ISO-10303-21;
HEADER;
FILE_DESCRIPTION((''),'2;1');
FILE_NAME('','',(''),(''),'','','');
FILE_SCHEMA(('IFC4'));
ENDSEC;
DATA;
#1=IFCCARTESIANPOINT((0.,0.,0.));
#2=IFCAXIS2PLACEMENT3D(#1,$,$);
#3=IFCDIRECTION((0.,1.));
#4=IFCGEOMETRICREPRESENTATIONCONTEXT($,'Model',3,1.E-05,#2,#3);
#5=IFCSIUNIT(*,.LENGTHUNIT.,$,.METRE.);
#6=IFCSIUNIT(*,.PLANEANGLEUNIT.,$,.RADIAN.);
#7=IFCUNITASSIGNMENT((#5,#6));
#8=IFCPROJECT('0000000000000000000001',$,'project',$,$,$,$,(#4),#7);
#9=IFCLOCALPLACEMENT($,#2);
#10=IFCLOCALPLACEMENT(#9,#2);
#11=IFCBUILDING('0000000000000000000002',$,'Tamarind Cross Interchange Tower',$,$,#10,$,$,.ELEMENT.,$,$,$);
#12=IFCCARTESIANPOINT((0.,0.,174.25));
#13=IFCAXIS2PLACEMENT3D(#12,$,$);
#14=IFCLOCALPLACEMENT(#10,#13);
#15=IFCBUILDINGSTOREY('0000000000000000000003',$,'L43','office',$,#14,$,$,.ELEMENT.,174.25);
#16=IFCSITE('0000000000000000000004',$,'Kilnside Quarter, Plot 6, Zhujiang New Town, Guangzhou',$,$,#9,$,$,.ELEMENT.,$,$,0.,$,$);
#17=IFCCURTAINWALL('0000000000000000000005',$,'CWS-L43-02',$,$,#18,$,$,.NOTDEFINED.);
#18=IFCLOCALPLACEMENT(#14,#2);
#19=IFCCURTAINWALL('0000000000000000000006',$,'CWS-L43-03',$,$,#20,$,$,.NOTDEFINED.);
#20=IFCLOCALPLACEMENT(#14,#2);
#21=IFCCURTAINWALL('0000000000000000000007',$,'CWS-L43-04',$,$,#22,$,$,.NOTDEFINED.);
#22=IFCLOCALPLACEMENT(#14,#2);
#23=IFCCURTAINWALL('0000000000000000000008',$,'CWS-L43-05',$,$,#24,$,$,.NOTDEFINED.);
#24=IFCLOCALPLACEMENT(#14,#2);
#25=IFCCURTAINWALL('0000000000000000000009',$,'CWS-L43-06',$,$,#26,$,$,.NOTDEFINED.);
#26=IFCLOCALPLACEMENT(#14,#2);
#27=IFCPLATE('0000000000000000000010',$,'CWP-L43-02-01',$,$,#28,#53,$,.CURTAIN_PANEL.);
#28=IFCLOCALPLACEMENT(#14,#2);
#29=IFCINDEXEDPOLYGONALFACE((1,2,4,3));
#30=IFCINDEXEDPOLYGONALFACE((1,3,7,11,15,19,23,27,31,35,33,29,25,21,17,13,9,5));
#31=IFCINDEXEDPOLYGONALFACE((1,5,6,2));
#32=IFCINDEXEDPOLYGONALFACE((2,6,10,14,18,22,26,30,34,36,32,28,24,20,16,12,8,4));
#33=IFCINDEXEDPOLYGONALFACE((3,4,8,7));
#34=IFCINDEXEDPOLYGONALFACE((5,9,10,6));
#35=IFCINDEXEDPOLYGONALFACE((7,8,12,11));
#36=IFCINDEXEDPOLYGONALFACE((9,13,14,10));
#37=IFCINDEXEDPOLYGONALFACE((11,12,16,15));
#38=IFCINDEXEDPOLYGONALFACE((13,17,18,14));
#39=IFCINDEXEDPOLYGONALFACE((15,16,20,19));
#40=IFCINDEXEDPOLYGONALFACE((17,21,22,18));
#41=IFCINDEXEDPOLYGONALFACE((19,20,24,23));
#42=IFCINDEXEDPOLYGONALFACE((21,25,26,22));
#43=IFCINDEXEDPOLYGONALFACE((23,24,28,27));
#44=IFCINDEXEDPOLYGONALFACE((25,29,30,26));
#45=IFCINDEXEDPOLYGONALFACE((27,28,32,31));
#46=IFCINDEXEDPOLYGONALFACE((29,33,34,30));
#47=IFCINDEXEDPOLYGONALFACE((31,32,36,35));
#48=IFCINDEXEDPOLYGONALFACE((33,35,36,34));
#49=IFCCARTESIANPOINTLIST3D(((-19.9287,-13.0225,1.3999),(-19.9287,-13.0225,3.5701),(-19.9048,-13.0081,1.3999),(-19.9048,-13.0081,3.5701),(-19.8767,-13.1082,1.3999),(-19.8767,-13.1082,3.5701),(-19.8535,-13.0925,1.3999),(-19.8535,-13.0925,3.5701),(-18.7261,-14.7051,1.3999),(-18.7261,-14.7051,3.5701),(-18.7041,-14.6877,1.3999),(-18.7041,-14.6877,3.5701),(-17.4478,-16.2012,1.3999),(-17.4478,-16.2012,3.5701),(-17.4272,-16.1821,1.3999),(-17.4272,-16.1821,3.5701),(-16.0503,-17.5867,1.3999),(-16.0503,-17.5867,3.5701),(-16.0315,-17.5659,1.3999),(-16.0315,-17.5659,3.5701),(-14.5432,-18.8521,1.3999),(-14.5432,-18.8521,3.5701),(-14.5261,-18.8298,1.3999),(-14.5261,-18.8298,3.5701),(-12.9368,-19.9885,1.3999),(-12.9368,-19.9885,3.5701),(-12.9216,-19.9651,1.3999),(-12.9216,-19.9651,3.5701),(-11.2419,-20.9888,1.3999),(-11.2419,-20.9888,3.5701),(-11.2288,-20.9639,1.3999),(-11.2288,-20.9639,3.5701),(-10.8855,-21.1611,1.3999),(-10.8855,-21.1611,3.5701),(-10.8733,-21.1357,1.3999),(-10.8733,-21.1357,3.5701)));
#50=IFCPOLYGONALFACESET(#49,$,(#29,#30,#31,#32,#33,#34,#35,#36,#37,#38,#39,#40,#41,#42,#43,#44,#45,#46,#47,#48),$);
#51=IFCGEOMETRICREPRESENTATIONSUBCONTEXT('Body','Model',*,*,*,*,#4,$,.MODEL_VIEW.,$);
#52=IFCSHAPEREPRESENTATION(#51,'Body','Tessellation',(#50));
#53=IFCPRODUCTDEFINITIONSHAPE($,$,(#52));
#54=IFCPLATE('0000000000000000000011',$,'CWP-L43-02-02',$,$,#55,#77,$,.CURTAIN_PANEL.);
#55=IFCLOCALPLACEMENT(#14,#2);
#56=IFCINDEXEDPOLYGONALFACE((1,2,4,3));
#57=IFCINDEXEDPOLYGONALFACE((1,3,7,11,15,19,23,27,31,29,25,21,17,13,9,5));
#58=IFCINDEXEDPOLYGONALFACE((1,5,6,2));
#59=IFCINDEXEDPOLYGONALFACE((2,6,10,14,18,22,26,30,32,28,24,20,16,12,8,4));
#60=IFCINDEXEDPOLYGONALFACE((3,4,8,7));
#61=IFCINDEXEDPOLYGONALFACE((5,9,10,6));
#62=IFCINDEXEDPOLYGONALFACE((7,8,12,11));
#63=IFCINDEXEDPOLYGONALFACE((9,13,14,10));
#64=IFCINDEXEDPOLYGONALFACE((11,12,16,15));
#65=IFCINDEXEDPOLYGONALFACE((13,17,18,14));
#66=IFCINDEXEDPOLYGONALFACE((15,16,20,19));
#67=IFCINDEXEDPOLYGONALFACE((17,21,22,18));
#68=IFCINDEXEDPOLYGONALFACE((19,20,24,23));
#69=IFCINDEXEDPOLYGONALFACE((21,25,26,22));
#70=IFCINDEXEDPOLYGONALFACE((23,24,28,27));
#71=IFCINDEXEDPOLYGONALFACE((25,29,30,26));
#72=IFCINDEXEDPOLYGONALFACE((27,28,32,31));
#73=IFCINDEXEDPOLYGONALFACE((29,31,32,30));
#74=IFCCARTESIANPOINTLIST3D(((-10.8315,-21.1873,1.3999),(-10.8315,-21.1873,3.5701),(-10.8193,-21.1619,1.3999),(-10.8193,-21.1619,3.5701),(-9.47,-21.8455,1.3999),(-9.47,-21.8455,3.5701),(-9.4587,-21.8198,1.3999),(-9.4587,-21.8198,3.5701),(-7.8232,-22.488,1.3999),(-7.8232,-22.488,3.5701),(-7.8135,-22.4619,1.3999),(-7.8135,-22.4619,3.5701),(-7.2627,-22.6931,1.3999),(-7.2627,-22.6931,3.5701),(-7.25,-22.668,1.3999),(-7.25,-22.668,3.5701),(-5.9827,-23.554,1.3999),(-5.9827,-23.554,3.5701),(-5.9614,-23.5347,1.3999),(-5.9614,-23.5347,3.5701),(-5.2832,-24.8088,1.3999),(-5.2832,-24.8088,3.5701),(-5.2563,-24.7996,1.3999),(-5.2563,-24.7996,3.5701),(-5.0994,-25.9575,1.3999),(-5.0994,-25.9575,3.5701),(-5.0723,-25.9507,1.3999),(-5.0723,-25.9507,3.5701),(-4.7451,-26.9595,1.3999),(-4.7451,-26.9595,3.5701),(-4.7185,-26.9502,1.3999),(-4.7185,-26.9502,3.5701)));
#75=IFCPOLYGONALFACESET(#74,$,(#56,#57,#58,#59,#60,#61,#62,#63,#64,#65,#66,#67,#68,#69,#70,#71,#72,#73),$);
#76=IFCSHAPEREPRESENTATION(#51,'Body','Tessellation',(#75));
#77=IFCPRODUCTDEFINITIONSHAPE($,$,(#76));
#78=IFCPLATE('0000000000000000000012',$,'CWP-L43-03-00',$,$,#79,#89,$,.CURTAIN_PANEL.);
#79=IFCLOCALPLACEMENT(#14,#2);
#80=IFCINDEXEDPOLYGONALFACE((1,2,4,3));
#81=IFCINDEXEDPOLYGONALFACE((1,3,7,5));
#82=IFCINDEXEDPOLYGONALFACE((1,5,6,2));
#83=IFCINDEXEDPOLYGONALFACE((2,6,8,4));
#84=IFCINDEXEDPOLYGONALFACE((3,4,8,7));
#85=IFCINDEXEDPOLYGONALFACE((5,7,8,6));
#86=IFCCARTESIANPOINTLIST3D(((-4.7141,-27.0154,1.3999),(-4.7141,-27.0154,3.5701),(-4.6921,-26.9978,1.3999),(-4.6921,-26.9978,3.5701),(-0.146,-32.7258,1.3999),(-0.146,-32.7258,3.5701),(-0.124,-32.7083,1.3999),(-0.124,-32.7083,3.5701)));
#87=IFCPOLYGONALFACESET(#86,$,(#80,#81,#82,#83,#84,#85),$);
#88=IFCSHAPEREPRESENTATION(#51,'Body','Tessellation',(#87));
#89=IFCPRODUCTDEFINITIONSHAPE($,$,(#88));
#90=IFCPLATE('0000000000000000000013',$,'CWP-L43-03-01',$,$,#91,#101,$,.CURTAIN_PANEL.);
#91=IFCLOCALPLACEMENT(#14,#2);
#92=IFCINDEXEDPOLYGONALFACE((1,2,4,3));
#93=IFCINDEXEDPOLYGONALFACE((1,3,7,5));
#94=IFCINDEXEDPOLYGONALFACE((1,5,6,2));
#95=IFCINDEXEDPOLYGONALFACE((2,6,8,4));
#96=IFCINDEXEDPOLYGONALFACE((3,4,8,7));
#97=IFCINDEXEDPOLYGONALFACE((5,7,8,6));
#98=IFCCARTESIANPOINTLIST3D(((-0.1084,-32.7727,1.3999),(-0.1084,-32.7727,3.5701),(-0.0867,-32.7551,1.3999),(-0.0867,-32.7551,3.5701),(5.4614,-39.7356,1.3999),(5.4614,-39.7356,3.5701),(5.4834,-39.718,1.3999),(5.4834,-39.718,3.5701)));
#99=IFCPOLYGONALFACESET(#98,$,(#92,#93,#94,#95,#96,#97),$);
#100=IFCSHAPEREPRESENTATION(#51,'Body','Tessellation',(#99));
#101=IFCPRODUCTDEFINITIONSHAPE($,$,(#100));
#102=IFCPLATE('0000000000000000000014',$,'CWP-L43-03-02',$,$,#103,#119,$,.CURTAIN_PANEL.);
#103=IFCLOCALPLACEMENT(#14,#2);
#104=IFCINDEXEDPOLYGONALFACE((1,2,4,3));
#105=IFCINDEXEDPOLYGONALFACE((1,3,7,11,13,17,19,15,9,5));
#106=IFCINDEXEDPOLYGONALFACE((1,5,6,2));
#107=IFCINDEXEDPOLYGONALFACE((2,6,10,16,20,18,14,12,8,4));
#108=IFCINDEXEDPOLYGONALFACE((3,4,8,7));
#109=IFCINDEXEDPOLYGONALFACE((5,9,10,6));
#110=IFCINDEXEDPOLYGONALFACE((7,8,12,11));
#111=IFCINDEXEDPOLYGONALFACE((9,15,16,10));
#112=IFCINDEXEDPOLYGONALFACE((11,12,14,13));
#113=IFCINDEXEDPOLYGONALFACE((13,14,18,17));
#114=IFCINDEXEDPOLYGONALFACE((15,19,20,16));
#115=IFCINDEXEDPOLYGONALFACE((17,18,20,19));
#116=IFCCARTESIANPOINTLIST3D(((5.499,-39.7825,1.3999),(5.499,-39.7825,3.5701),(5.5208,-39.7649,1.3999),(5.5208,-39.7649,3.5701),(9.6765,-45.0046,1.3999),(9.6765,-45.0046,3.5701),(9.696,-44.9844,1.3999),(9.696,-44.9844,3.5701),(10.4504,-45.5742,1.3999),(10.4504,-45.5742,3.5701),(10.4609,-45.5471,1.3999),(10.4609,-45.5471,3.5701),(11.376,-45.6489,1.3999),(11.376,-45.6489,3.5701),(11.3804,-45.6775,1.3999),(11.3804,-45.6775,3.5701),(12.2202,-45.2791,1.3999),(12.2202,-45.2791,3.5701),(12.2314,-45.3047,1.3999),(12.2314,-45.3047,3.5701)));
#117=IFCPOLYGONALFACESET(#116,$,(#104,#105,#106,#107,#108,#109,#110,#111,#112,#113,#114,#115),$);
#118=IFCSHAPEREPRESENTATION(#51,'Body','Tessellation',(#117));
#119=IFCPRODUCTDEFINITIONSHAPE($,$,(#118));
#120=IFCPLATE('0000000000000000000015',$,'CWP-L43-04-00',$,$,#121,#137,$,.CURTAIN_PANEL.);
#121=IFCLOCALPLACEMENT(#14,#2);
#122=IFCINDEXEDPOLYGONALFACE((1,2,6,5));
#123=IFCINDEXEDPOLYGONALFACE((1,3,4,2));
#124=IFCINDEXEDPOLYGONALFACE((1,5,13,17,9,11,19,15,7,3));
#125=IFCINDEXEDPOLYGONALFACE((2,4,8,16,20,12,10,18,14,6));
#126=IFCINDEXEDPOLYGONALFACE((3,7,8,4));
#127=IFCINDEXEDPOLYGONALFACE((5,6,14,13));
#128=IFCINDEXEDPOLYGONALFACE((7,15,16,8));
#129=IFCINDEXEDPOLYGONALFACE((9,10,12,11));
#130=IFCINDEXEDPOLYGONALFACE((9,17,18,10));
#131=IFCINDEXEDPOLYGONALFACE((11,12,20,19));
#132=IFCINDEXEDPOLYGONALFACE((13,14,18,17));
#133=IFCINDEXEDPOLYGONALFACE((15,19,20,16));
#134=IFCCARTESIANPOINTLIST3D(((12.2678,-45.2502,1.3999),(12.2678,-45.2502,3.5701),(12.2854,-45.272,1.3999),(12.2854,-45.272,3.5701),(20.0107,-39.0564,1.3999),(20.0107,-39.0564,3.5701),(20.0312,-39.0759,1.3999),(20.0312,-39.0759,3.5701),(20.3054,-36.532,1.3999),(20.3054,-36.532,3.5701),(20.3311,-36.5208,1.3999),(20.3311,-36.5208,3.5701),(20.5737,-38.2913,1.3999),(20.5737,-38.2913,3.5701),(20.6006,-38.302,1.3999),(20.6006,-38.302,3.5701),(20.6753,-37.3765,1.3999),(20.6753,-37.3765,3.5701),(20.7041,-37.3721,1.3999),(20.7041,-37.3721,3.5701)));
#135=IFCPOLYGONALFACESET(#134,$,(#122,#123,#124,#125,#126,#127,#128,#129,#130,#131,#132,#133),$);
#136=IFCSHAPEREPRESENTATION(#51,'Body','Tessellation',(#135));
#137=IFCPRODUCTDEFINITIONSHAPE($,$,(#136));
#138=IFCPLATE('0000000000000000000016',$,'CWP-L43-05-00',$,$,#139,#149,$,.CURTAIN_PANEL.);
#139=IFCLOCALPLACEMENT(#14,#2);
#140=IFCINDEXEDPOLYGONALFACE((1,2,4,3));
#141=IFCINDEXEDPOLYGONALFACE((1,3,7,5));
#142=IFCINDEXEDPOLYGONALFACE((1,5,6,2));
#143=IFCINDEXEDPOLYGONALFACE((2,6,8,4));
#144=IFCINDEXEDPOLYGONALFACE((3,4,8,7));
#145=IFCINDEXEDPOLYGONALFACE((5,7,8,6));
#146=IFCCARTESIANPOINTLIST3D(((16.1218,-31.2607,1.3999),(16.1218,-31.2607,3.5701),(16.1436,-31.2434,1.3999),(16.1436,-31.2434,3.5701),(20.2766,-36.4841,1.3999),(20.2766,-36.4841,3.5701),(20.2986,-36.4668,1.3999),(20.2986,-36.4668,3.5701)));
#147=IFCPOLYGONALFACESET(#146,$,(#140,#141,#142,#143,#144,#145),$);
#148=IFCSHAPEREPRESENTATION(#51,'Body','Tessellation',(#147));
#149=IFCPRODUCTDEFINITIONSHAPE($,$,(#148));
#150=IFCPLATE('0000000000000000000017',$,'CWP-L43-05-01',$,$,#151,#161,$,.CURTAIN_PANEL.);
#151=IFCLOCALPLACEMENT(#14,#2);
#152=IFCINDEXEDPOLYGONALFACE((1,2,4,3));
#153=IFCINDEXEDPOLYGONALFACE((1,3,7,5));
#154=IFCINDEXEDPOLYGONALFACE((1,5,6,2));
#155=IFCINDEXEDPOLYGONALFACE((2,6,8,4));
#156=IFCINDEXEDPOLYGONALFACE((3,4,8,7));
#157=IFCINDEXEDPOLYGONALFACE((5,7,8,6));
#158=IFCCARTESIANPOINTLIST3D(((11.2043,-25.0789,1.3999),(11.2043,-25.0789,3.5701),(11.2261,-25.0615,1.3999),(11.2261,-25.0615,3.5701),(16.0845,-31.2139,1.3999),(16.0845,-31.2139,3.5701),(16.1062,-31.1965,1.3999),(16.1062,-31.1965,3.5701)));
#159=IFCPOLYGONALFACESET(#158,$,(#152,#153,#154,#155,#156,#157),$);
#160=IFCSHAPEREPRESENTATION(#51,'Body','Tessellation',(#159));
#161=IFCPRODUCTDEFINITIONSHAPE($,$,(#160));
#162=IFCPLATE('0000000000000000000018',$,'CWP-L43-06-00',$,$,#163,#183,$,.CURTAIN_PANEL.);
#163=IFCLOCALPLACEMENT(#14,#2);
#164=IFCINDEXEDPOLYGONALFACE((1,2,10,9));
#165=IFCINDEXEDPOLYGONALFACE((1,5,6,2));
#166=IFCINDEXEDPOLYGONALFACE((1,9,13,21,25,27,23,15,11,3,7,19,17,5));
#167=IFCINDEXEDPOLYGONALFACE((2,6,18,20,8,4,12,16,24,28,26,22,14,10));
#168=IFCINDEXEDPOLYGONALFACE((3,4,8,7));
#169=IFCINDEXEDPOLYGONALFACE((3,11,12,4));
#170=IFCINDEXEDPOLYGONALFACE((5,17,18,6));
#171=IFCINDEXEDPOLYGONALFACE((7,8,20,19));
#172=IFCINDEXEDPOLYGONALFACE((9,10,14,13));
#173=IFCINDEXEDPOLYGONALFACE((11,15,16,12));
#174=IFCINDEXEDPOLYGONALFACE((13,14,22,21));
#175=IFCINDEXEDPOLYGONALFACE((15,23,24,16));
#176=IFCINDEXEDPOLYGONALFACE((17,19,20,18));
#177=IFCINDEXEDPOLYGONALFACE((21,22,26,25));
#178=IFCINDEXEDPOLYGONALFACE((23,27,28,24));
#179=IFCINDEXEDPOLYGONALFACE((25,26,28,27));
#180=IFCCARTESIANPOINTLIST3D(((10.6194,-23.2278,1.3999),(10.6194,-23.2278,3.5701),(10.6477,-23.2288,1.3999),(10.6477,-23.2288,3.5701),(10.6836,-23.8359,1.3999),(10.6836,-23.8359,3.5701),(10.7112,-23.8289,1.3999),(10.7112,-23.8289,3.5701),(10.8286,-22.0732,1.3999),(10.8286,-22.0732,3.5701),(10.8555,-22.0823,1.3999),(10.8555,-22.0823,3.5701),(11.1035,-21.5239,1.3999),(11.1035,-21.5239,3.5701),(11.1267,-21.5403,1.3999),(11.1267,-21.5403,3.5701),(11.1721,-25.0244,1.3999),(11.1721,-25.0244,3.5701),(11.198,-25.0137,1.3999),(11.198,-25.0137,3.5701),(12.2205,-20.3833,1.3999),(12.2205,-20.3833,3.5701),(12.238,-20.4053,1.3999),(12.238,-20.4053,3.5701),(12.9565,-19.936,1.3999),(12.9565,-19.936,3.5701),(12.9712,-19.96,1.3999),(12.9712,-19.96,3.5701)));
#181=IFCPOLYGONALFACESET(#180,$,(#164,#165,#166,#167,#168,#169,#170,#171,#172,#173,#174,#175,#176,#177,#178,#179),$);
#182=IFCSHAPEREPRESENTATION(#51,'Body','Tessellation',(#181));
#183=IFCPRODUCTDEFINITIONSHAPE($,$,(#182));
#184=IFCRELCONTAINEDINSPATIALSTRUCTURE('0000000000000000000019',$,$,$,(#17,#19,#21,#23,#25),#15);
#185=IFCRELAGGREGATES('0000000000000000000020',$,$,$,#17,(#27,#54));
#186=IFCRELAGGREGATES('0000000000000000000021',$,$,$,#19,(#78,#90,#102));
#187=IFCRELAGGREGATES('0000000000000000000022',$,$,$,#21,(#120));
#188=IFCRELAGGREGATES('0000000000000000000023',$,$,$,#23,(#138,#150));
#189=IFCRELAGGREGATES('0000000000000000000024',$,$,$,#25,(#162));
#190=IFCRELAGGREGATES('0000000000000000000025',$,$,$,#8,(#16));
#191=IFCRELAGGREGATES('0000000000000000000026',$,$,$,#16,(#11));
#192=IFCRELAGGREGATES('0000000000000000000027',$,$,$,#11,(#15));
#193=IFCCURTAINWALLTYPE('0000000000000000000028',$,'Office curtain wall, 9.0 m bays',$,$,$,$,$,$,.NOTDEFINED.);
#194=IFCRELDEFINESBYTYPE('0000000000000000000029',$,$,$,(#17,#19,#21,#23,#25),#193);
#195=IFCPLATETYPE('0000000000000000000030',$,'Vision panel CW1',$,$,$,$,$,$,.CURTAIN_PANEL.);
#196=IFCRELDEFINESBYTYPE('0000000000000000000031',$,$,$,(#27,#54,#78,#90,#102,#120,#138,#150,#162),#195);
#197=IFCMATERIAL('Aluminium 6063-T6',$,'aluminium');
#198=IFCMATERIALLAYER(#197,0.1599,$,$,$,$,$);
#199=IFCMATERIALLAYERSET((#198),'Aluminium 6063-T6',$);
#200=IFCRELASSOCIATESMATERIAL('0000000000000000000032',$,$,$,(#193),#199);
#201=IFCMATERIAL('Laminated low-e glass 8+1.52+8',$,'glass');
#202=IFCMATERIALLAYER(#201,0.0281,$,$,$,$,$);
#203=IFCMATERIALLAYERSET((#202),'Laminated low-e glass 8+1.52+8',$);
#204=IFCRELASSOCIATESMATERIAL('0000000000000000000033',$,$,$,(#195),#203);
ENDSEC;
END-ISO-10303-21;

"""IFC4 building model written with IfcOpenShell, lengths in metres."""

from ifc_helpers import new_model, si_unit, direction, frame, origin, place, context, subcontext, project, spatial, polyline, outline, extrude, material, layer, layer_set, type_object, element, aggregate, save


model = new_model("IFC4")

# Units and contexts
model_context = context("Model", 3, precision=1e-05, world=origin(), true_north=direction((0.0, 1.0)))
body_context = subcontext(model_context, "Body", "Model", "MODEL_VIEW")
ifc_project = project(units=[si_unit("LENGTHUNIT", "METRE"), si_unit("PLANEANGLEUNIT", "RADIAN")], contexts=[model_context])

# Site, building, storey
site_placement = place(None, origin())
site = spatial("IfcSite", under=ifc_project, at=site_placement, Name="Kilnside Quarter, Plot 6, Zhujiang New Town, Guangzhou", CompositionType="ELEMENT", RefElevation=0.0)
building_placement = place(site_placement, origin())
building = spatial("IfcBuilding", under=site, at=building_placement, Name="Tamarind Cross Interchange Tower", CompositionType="ELEMENT")
storey_placement = place(building_placement, frame((0.0, 0.0, 174.25)))
storey = spatial("IfcBuildingStorey", under=building, at=storey_placement, Name="L43", Description="office", CompositionType="ELEMENT", Elevation=174.25)

# Curtain walls
ifc_material_1 = material(Name="Aluminium 6063-T6", Category="aluminium")
ifc_layer_1 = layer(ifc_material_1, 0.1599)
ifc_layer_set_1 = layer_set([ifc_layer_1], Name="Aluminium 6063-T6")
curtain_wall_type = type_object("IfcCurtainWallType", Name="Office curtain wall, 9.0 m bays", PredefinedType="NOTDEFINED", material=ifc_layer_set_1)
curtain_wall_1_placement = place(storey_placement, origin())
curtain_wall_1 = element("IfcCurtainWall", 1, at=curtain_wall_1_placement, inside=storey, type_object=curtain_wall_type, Name="CWS-L43-02", PredefinedType="NOTDEFINED")
curtain_wall_2_placement = place(storey_placement, origin())
curtain_wall_2 = element("IfcCurtainWall", 2, at=curtain_wall_2_placement, inside=storey, type_object=curtain_wall_type, Name="CWS-L43-03", PredefinedType="NOTDEFINED")
curtain_wall_3_placement = place(storey_placement, origin())
curtain_wall_3 = element("IfcCurtainWall", 3, at=curtain_wall_3_placement, inside=storey, type_object=curtain_wall_type, Name="CWS-L43-04", PredefinedType="NOTDEFINED")
curtain_wall_4_placement = place(storey_placement, origin())
curtain_wall_4 = element("IfcCurtainWall", 4, at=curtain_wall_4_placement, inside=storey, type_object=curtain_wall_type, Name="CWS-L43-05", PredefinedType="NOTDEFINED")
curtain_wall_5_placement = place(storey_placement, origin())
curtain_wall_5 = element("IfcCurtainWall", 5, at=curtain_wall_5_placement, inside=storey, type_object=curtain_wall_type, Name="CWS-L43-06", PredefinedType="NOTDEFINED")

# Plates
ifc_material_2 = material(Name="Laminated low-e glass 8+1.52+8", Category="glass")
ifc_layer_2 = layer(ifc_material_2, 0.0281)
ifc_layer_set_2 = layer_set([ifc_layer_2], Name="Laminated low-e glass 8+1.52+8")
plate_type = type_object("IfcPlateType", Name="Vision panel CW1", PredefinedType="CURTAIN_PANEL", material=ifc_layer_set_2)
plate_1_placement = place(storey_placement, frame((0.0, 0.0, 1.3999)))
plate_1 = element("IfcPlate", 6, at=plate_1_placement, type_object=plate_type, Name="CWP-L43-02-01", PredefinedType="CURTAIN_PANEL", context=body_context, shape_type="SweptSolid", body=[
    extrude(outline(polyline([(-19.9048, -13.0081), (-19.8535, -13.0925), (-18.7041, -14.6877), (-17.4272, -16.1821), (-16.0315, -17.5659), (-14.5261, -18.8298), (-12.9216, -19.9651), (-11.2288, -20.9639), (-10.8733, -21.1357), (-10.8855, -21.1611), (-11.2419, -20.9888), (-12.9368, -19.9885), (-14.5432, -18.8521), (-16.0503, -17.5867), (-17.4478, -16.2012), (-18.7261, -14.7051), (-19.8767, -13.1082), (-19.9287, -13.0225), (-19.9048, -13.0081)])), origin(), (0.0, 0.0, 1.0), 2.1702),
])
plate_2_placement = place(storey_placement, frame((0.0, 0.0, 1.3999)))
plate_2 = element("IfcPlate", 7, at=plate_2_placement, type_object=plate_type, Name="CWP-L43-02-02", PredefinedType="CURTAIN_PANEL", context=body_context, shape_type="SweptSolid", body=[
    extrude(outline(polyline([(-10.8193, -21.1619), (-9.4587, -21.8198), (-7.8135, -22.4619), (-7.25, -22.668), (-5.9614, -23.5347), (-5.2563, -24.7996), (-5.0723, -25.9507), (-4.7185, -26.9502), (-4.7451, -26.9595), (-5.0994, -25.9575), (-5.2832, -24.8088), (-5.9827, -23.554), (-7.2627, -22.6931), (-7.8232, -22.488), (-9.47, -21.8455), (-10.8315, -21.1873), (-10.8193, -21.1619)])), origin(), (0.0, 0.0, 1.0), 2.1702),
])
aggregate(curtain_wall_1, [plate_1, plate_2])
plate_3_placement = place(storey_placement, frame((0.0, 0.0, 1.3999)))
plate_3 = element("IfcPlate", 8, at=plate_3_placement, type_object=plate_type, Name="CWP-L43-03-00", PredefinedType="CURTAIN_PANEL", context=body_context, shape_type="SweptSolid", body=[
    extrude(outline(polyline([(-4.6921, -26.9978), (-0.124, -32.7083), (-0.146, -32.7258), (-4.7141, -27.0154), (-4.6921, -26.9978)])), origin(), (0.0, 0.0, 1.0), 2.1702),
])
plate_4_placement = place(storey_placement, frame((0.0, 0.0, 1.3999)))
plate_4 = element("IfcPlate", 9, at=plate_4_placement, type_object=plate_type, Name="CWP-L43-03-01", PredefinedType="CURTAIN_PANEL", context=body_context, shape_type="SweptSolid", body=[
    extrude(outline(polyline([(-0.0867, -32.7551), (5.4834, -39.718), (5.4614, -39.7356), (-0.1084, -32.7727), (-0.0867, -32.7551)])), origin(), (0.0, 0.0, 1.0), 2.1702),
])
plate_5_placement = place(storey_placement, frame((0.0, 0.0, 1.3999)))
plate_5 = element("IfcPlate", 10, at=plate_5_placement, type_object=plate_type, Name="CWP-L43-03-02", PredefinedType="CURTAIN_PANEL", context=body_context, shape_type="SweptSolid", body=[
    extrude(outline(polyline([(5.5208, -39.7649), (9.696, -44.9844), (10.4609, -45.5471), (11.376, -45.6489), (12.2202, -45.2791), (12.2314, -45.3047), (11.3804, -45.6775), (10.4504, -45.5742), (9.6765, -45.0046), (5.499, -39.7825), (5.5208, -39.7649)])), origin(), (0.0, 0.0, 1.0), 2.1702),
])
aggregate(curtain_wall_2, [plate_3, plate_4, plate_5])
plate_6_placement = place(storey_placement, frame((0.0, 0.0, 1.3999)))
plate_6 = element("IfcPlate", 11, at=plate_6_placement, type_object=plate_type, Name="CWP-L43-04-00", PredefinedType="CURTAIN_PANEL", context=body_context, shape_type="SweptSolid", body=[
    extrude(outline(polyline([(12.2678, -45.2502), (20.0107, -39.0564), (20.5737, -38.2913), (20.6753, -37.3765), (20.3054, -36.532), (20.3311, -36.5208), (20.7041, -37.3721), (20.6006, -38.302), (20.0312, -39.0759), (12.2854, -45.272), (12.2678, -45.2502)])), origin(), (0.0, 0.0, 1.0), 2.1702),
])
aggregate(curtain_wall_3, [plate_6])
plate_7_placement = place(storey_placement, frame((0.0, 0.0, 1.3999)))
plate_7 = element("IfcPlate", 12, at=plate_7_placement, type_object=plate_type, Name="CWP-L43-05-00", PredefinedType="CURTAIN_PANEL", context=body_context, shape_type="SweptSolid", body=[
    extrude(outline(polyline([(20.2766, -36.4841), (16.1218, -31.2607), (16.1436, -31.2434), (20.2986, -36.4668), (20.2766, -36.4841)])), origin(), (0.0, 0.0, 1.0), 2.1702),
])
plate_8_placement = place(storey_placement, frame((0.0, 0.0, 1.3999)))
plate_8 = element("IfcPlate", 13, at=plate_8_placement, type_object=plate_type, Name="CWP-L43-05-01", PredefinedType="CURTAIN_PANEL", context=body_context, shape_type="SweptSolid", body=[
    extrude(outline(polyline([(16.0845, -31.2139), (11.2043, -25.0789), (11.2261, -25.0615), (16.1062, -31.1965), (16.0845, -31.2139)])), origin(), (0.0, 0.0, 1.0), 2.1702),
])
aggregate(curtain_wall_4, [plate_7, plate_8])
plate_9_placement = place(storey_placement, frame((0.0, 0.0, 1.3999)))
plate_9 = element("IfcPlate", 14, at=plate_9_placement, type_object=plate_type, Name="CWP-L43-06-00", PredefinedType="CURTAIN_PANEL", context=body_context, shape_type="SweptSolid", body=[
    extrude(outline(polyline([(11.1721, -25.0244), (10.6836, -23.8359), (10.6194, -23.2278), (10.8286, -22.0732), (11.1035, -21.5239), (12.2205, -20.3833), (12.9565, -19.936), (12.9712, -19.96), (12.238, -20.4053), (11.1267, -21.5403), (10.8555, -22.0823), (10.6477, -23.2288), (10.7112, -23.8289), (11.198, -25.0137), (11.1721, -25.0244)])), origin(), (0.0, 0.0, 1.0), 2.1702),
])
aggregate(curtain_wall_5, [plate_9])

save(model, "model.ifc")
